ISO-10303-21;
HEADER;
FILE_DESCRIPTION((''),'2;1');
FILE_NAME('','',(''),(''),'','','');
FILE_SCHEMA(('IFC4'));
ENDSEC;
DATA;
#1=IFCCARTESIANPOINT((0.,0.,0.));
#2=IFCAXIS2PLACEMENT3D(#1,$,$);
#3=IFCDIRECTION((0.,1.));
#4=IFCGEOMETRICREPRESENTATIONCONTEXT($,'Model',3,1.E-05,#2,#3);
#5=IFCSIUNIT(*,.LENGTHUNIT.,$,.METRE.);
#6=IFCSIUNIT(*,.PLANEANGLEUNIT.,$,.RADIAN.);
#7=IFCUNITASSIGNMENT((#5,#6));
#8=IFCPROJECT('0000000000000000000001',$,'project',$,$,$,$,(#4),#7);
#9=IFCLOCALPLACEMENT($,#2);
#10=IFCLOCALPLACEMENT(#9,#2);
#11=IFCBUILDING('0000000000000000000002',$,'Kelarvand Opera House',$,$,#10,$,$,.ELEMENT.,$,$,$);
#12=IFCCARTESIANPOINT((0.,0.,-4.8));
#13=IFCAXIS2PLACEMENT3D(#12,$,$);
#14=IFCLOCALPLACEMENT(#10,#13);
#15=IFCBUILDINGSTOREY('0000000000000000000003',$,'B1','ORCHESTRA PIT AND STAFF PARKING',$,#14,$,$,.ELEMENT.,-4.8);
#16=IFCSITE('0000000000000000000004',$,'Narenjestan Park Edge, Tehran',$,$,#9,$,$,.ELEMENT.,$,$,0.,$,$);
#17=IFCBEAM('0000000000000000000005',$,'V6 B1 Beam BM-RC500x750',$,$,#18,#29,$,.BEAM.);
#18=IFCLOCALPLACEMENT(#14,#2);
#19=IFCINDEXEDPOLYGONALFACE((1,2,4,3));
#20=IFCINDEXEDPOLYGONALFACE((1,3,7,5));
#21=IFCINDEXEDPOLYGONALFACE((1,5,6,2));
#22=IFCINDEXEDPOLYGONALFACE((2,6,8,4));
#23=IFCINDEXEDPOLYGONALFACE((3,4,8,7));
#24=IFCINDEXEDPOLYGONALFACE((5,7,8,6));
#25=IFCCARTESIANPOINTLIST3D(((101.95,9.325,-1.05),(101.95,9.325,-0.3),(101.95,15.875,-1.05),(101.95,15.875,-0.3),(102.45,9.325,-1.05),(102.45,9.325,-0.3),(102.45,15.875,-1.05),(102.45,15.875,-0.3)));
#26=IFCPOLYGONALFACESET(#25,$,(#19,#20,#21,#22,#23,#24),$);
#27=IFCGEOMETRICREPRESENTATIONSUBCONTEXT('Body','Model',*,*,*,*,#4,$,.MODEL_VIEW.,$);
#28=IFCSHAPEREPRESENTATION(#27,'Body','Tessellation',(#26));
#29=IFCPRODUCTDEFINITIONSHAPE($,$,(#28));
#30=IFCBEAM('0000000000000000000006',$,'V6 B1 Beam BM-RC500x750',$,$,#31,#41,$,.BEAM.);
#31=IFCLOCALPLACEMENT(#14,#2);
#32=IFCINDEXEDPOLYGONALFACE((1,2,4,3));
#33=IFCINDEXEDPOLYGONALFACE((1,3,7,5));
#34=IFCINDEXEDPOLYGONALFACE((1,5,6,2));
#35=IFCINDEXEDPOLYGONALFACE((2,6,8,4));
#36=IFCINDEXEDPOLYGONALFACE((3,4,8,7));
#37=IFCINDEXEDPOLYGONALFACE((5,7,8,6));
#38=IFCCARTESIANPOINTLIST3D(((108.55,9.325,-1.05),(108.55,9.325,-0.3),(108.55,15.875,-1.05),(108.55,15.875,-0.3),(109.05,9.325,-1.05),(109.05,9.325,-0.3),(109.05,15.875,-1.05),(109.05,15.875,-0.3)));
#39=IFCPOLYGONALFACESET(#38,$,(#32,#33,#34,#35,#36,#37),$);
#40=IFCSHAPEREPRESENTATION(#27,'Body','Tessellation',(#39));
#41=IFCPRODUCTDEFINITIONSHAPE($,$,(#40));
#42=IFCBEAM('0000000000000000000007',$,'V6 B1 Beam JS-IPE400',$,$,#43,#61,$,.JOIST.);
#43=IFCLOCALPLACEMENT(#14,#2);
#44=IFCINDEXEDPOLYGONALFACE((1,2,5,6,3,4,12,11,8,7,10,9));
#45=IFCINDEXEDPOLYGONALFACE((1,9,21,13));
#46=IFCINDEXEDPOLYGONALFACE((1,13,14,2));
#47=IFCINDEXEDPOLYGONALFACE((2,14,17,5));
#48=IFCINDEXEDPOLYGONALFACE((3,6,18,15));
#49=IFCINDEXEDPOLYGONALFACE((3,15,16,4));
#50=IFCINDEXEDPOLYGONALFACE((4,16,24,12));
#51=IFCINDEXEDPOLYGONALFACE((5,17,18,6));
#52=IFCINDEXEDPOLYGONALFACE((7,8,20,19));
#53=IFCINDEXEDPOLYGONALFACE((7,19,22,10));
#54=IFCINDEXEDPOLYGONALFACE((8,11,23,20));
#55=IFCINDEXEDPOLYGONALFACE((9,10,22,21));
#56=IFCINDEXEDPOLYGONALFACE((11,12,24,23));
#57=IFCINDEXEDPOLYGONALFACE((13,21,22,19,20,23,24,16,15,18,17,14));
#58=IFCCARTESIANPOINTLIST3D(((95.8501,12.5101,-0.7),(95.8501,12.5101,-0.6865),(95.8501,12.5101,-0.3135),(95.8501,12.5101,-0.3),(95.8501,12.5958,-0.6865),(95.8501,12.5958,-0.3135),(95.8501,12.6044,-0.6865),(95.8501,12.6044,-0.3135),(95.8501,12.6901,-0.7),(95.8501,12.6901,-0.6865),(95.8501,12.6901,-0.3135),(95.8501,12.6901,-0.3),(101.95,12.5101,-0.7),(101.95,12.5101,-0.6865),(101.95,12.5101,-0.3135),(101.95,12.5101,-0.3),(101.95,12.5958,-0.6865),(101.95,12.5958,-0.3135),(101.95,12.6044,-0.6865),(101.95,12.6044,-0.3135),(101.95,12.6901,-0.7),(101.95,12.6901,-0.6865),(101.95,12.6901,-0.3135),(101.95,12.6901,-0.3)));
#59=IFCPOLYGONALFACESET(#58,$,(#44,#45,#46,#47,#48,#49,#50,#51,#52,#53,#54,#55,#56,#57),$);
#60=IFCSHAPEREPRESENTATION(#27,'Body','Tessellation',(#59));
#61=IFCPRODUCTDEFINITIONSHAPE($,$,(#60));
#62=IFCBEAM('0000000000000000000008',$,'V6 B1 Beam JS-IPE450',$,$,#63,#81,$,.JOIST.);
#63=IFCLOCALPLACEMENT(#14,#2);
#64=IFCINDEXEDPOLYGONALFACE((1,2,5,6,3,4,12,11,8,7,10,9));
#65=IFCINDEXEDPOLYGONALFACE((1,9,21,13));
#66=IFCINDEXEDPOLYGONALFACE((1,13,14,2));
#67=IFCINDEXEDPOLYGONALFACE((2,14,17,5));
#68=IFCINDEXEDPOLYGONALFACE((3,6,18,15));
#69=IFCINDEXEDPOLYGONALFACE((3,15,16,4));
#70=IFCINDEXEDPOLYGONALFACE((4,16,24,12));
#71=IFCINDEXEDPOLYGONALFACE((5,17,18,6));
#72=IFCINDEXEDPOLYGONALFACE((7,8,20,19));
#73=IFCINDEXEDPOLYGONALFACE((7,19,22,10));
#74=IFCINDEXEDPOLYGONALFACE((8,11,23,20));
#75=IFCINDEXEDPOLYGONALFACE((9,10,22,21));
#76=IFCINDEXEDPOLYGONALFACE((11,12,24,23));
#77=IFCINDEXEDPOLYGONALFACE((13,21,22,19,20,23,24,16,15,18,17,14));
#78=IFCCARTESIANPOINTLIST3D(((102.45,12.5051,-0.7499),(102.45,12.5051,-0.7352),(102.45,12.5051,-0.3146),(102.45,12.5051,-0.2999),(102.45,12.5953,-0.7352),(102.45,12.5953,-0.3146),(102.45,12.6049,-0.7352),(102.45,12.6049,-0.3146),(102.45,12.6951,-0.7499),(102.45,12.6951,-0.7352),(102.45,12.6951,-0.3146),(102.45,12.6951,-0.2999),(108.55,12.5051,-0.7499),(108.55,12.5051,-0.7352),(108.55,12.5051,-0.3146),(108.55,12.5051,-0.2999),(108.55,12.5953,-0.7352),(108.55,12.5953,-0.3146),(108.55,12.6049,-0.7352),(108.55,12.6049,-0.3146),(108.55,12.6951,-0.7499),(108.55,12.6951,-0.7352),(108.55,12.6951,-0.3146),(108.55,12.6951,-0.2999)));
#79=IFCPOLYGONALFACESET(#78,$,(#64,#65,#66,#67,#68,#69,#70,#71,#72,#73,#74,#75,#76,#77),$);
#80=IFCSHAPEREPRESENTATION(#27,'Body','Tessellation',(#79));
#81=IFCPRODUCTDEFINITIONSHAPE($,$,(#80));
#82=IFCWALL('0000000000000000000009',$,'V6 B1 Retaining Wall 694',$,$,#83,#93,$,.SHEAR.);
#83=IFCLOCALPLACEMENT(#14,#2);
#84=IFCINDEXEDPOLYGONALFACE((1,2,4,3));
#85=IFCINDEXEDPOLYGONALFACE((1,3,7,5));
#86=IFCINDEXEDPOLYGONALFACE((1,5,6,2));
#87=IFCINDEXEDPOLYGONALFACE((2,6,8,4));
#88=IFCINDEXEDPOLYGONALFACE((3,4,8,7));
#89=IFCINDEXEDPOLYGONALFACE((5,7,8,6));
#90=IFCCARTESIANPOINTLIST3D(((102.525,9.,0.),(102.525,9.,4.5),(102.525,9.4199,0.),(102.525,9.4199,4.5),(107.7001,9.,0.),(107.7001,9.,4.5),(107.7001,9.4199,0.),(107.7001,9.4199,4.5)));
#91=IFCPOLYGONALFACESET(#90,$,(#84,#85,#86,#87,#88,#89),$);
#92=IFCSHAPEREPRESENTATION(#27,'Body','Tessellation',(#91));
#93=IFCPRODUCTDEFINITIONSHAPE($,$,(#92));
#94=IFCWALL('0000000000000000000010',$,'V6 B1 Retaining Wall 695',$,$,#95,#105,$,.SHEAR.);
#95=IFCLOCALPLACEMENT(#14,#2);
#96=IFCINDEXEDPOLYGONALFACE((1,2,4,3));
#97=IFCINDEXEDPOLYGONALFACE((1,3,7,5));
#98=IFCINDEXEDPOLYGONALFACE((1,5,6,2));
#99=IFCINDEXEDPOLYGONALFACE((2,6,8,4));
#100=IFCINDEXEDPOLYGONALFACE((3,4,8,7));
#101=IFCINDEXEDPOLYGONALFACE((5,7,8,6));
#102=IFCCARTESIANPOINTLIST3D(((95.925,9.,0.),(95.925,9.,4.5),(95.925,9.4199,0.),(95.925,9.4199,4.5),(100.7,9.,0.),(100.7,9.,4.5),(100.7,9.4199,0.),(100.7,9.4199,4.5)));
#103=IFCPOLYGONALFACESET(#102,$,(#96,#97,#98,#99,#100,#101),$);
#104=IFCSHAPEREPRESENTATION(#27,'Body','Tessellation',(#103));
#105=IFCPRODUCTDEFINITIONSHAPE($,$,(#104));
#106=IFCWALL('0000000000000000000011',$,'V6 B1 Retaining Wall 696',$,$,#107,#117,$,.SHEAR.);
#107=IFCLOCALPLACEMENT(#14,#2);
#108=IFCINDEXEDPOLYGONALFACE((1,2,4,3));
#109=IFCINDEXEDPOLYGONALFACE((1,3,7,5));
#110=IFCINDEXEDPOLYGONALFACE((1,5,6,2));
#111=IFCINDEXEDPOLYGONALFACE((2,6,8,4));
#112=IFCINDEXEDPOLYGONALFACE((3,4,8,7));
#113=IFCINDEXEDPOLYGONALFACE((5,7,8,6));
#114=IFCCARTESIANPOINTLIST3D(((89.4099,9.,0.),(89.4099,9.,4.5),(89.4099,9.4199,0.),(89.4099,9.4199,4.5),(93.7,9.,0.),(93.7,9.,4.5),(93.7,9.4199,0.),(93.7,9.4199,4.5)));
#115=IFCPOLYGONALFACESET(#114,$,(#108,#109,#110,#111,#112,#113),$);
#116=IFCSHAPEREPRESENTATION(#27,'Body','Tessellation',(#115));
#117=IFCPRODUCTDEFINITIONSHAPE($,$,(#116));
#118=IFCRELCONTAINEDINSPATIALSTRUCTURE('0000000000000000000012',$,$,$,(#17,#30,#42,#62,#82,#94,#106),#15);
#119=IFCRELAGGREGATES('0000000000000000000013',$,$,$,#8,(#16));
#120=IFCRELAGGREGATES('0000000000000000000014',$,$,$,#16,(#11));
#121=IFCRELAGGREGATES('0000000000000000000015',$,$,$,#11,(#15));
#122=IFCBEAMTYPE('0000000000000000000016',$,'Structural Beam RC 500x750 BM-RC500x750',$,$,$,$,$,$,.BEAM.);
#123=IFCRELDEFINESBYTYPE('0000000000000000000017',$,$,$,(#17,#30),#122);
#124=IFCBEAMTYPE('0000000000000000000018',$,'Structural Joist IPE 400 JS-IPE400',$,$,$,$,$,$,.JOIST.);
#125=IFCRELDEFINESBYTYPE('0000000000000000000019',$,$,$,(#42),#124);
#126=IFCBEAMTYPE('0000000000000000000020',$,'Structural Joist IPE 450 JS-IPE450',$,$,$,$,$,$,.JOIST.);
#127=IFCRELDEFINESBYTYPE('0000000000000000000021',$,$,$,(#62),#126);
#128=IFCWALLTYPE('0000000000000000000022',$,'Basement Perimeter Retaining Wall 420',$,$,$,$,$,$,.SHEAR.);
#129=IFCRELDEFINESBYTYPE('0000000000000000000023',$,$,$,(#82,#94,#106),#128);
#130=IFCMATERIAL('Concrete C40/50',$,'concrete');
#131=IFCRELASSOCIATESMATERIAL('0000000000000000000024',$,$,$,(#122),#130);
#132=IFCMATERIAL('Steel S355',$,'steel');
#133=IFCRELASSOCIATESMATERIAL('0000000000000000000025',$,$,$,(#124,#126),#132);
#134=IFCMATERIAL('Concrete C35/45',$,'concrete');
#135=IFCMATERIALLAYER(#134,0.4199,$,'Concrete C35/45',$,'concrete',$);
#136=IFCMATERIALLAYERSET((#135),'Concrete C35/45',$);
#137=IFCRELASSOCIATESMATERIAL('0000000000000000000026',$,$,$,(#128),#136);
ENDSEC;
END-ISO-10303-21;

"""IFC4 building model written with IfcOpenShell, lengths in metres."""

from ifc_helpers import new_model, si_unit, direction, frame, frame_2d, origin, origin_2d, place, context, subcontext, project, spatial, rectangle, i_section, extrude, material, layer, layer_set, material_profile, profile_set, type_object, element, save


model = new_model("IFC4")

# Units and contexts
model_context = context("Model", 3, precision=1e-05, world=origin(), true_north=direction((0.0, 1.0)))
body_context = subcontext(model_context, "Body", "Model", "MODEL_VIEW")
ifc_project = project(units=[si_unit("LENGTHUNIT", "METRE"), si_unit("PLANEANGLEUNIT", "RADIAN")], contexts=[model_context])

# Site, building, storey
site_placement = place(None, origin())
site = spatial("IfcSite", under=ifc_project, at=site_placement, Name="Narenjestan Park Edge, Tehran", CompositionType="ELEMENT", RefElevation=0.0)
building_placement = place(site_placement, origin())
building = spatial("IfcBuilding", under=site, at=building_placement, Name="Kelarvand Opera House", CompositionType="ELEMENT")
storey_placement = place(building_placement, frame((0.0, 0.0, -4.8)))
storey = spatial("IfcBuildingStorey", under=building, at=storey_placement, Name="B1", Description="ORCHESTRA PIT AND STAFF PARKING", CompositionType="ELEMENT", Elevation=-4.8)

# Shared definitions
ifc_material_1 = material(Name="Concrete C40/50", Category="concrete")

# Beams
ifc_material_profile_1 = material_profile(ifc_material_1, rectangle(XDim=0.5, YDim=0.75, at=origin_2d()), Name="RC 500x750", Category="concrete")
ifc_profile_set_1 = profile_set([ifc_material_profile_1], Name="Concrete C40/50")
beam_type_1 = type_object("IfcBeamType", Name="Structural Beam RC 500x750 BM-RC500x750", PredefinedType="BEAM", material=ifc_profile_set_1)
for number, where, z_axis, x_axis, name in (
    (1, (102.2, 9.325, -0.675), (0.0, 1.0, 0.0), (-1.0, 0.0, 0.0), "V6 B1 Beam BM-RC500x750"),
    (2, (108.8, 9.325, -0.675), (0.0, 1.0, 0.0), (-1.0, 0.0, 0.0), "V6 B1 Beam BM-RC500x750"),
):
    element("IfcBeam", number, at=place(storey_placement, frame(where, z_axis=z_axis, x_axis=x_axis)), inside=storey, type_object=beam_type_1, Name=name, PredefinedType="BEAM", context=body_context, shape_type="SweptSolid", body=[
        extrude(rectangle(XDim=0.5, YDim=0.75, at=origin_2d()), origin(), (0.0, 0.0, 1.0), 6.55),
    ])
ifc_material_2 = material(Name="Steel S355", Category="steel")
ifc_material_profile_2 = material_profile(ifc_material_2, i_section(OverallWidth=0.1799, OverallDepth=0.3999, WebThickness=0.0085, FlangeThickness=0.0134, at=origin_2d()), Name="IPE 400", Category="steel")
ifc_profile_set_2 = profile_set([ifc_material_profile_2], Name="Steel S355")
beam_type_2 = type_object("IfcBeamType", Name="Structural Joist IPE 400 JS-IPE400", PredefinedType="JOIST", material=ifc_profile_set_2)
beam_1_placement = place(storey_placement, frame((95.8501, 12.6001, -0.5), z_axis=(1.0, 0.0, 0.0), x_axis=(0.0, 1.0, 0.0)))
element("IfcBeam", 3, at=beam_1_placement, inside=storey, type_object=beam_type_2, Name="V6 B1 Beam JS-IPE400", PredefinedType="JOIST", context=body_context, shape_type="SweptSolid", body=[
    extrude(i_section(OverallWidth=0.1799, OverallDepth=0.3999, WebThickness=0.0085, FlangeThickness=0.0134, at=origin_2d()), origin(), (0.0, 0.0, 1.0), 6.0999),
])
ifc_material_profile_3 = material_profile(ifc_material_2, i_section(OverallWidth=0.1899, OverallDepth=0.45, WebThickness=0.0095, FlangeThickness=0.0146, at=origin_2d()), Name="IPE 450", Category="steel")
ifc_profile_set_3 = profile_set([ifc_material_profile_3], Name="Steel S355")
beam_type_3 = type_object("IfcBeamType", Name="Structural Joist IPE 450 JS-IPE450", PredefinedType="JOIST", material=ifc_profile_set_3)
beam_2_placement = place(storey_placement, frame((102.45, 12.6001, -0.5249), z_axis=(1.0, 0.0, 0.0), x_axis=(0.0, 1.0, 0.0)))
element("IfcBeam", 4, at=beam_2_placement, inside=storey, type_object=beam_type_3, Name="V6 B1 Beam JS-IPE450", PredefinedType="JOIST", context=body_context, shape_type="SweptSolid", body=[
    extrude(i_section(OverallWidth=0.1899, OverallDepth=0.45, WebThickness=0.0095, FlangeThickness=0.0146, at=origin_2d()), origin(), (0.0, 0.0, 1.0), 6.1001),
])

# Walls
ifc_material_3 = material(Name="Concrete C35/45", Category="concrete")
ifc_layer = layer(ifc_material_3, 0.4199, Name="Concrete C35/45", Category="concrete")
ifc_layer_set = layer_set([ifc_layer], Name="Concrete C35/45")
wall_type = type_object("IfcWallType", Name="Basement Perimeter Retaining Wall 420", PredefinedType="SHEAR", material=ifc_layer_set)
wall_1_placement = place(storey_placement, frame((107.7, 9.21, 0.0), z_axis=(0.0, 0.0, 1.0), x_axis=(-1.0, 0.0, 0.0)))
element("IfcWall", 5, at=wall_1_placement, inside=storey, type_object=wall_type, Name="V6 B1 Retaining Wall 694", PredefinedType="SHEAR", context=body_context, shape_type="SweptSolid", body=[
    extrude(rectangle(XDim=5.175, YDim=0.4199, at=frame_2d((2.5874, 0.0))), origin(), (0.0, 0.0, 1.0), 4.5),
])
wall_2_placement = place(storey_placement, frame((100.7, 9.21, 0.0), z_axis=(0.0, 0.0, 1.0), x_axis=(-1.0, 0.0, 0.0)))
element("IfcWall", 6, at=wall_2_placement, inside=storey, type_object=wall_type, Name="V6 B1 Retaining Wall 695", PredefinedType="SHEAR", context=body_context, shape_type="SweptSolid", body=[
    extrude(rectangle(XDim=4.7749, YDim=0.4199, at=frame_2d((2.3875, 0.0))), origin(), (0.0, 0.0, 1.0), 4.5),
])
wall_3_placement = place(storey_placement, frame((93.7, 9.21, 0.0), z_axis=(0.0, 0.0, 1.0), x_axis=(-1.0, 0.0, 0.0)))
element("IfcWall", 7, at=wall_3_placement, inside=storey, type_object=wall_type, Name="V6 B1 Retaining Wall 696", PredefinedType="SHEAR", context=body_context, shape_type="SweptSolid", body=[
    extrude(rectangle(XDim=4.29, YDim=0.4199, at=frame_2d((2.145, 0.0))), origin(), (0.0, 0.0, 1.0), 4.5),
])

save(model, "model.ifc")
